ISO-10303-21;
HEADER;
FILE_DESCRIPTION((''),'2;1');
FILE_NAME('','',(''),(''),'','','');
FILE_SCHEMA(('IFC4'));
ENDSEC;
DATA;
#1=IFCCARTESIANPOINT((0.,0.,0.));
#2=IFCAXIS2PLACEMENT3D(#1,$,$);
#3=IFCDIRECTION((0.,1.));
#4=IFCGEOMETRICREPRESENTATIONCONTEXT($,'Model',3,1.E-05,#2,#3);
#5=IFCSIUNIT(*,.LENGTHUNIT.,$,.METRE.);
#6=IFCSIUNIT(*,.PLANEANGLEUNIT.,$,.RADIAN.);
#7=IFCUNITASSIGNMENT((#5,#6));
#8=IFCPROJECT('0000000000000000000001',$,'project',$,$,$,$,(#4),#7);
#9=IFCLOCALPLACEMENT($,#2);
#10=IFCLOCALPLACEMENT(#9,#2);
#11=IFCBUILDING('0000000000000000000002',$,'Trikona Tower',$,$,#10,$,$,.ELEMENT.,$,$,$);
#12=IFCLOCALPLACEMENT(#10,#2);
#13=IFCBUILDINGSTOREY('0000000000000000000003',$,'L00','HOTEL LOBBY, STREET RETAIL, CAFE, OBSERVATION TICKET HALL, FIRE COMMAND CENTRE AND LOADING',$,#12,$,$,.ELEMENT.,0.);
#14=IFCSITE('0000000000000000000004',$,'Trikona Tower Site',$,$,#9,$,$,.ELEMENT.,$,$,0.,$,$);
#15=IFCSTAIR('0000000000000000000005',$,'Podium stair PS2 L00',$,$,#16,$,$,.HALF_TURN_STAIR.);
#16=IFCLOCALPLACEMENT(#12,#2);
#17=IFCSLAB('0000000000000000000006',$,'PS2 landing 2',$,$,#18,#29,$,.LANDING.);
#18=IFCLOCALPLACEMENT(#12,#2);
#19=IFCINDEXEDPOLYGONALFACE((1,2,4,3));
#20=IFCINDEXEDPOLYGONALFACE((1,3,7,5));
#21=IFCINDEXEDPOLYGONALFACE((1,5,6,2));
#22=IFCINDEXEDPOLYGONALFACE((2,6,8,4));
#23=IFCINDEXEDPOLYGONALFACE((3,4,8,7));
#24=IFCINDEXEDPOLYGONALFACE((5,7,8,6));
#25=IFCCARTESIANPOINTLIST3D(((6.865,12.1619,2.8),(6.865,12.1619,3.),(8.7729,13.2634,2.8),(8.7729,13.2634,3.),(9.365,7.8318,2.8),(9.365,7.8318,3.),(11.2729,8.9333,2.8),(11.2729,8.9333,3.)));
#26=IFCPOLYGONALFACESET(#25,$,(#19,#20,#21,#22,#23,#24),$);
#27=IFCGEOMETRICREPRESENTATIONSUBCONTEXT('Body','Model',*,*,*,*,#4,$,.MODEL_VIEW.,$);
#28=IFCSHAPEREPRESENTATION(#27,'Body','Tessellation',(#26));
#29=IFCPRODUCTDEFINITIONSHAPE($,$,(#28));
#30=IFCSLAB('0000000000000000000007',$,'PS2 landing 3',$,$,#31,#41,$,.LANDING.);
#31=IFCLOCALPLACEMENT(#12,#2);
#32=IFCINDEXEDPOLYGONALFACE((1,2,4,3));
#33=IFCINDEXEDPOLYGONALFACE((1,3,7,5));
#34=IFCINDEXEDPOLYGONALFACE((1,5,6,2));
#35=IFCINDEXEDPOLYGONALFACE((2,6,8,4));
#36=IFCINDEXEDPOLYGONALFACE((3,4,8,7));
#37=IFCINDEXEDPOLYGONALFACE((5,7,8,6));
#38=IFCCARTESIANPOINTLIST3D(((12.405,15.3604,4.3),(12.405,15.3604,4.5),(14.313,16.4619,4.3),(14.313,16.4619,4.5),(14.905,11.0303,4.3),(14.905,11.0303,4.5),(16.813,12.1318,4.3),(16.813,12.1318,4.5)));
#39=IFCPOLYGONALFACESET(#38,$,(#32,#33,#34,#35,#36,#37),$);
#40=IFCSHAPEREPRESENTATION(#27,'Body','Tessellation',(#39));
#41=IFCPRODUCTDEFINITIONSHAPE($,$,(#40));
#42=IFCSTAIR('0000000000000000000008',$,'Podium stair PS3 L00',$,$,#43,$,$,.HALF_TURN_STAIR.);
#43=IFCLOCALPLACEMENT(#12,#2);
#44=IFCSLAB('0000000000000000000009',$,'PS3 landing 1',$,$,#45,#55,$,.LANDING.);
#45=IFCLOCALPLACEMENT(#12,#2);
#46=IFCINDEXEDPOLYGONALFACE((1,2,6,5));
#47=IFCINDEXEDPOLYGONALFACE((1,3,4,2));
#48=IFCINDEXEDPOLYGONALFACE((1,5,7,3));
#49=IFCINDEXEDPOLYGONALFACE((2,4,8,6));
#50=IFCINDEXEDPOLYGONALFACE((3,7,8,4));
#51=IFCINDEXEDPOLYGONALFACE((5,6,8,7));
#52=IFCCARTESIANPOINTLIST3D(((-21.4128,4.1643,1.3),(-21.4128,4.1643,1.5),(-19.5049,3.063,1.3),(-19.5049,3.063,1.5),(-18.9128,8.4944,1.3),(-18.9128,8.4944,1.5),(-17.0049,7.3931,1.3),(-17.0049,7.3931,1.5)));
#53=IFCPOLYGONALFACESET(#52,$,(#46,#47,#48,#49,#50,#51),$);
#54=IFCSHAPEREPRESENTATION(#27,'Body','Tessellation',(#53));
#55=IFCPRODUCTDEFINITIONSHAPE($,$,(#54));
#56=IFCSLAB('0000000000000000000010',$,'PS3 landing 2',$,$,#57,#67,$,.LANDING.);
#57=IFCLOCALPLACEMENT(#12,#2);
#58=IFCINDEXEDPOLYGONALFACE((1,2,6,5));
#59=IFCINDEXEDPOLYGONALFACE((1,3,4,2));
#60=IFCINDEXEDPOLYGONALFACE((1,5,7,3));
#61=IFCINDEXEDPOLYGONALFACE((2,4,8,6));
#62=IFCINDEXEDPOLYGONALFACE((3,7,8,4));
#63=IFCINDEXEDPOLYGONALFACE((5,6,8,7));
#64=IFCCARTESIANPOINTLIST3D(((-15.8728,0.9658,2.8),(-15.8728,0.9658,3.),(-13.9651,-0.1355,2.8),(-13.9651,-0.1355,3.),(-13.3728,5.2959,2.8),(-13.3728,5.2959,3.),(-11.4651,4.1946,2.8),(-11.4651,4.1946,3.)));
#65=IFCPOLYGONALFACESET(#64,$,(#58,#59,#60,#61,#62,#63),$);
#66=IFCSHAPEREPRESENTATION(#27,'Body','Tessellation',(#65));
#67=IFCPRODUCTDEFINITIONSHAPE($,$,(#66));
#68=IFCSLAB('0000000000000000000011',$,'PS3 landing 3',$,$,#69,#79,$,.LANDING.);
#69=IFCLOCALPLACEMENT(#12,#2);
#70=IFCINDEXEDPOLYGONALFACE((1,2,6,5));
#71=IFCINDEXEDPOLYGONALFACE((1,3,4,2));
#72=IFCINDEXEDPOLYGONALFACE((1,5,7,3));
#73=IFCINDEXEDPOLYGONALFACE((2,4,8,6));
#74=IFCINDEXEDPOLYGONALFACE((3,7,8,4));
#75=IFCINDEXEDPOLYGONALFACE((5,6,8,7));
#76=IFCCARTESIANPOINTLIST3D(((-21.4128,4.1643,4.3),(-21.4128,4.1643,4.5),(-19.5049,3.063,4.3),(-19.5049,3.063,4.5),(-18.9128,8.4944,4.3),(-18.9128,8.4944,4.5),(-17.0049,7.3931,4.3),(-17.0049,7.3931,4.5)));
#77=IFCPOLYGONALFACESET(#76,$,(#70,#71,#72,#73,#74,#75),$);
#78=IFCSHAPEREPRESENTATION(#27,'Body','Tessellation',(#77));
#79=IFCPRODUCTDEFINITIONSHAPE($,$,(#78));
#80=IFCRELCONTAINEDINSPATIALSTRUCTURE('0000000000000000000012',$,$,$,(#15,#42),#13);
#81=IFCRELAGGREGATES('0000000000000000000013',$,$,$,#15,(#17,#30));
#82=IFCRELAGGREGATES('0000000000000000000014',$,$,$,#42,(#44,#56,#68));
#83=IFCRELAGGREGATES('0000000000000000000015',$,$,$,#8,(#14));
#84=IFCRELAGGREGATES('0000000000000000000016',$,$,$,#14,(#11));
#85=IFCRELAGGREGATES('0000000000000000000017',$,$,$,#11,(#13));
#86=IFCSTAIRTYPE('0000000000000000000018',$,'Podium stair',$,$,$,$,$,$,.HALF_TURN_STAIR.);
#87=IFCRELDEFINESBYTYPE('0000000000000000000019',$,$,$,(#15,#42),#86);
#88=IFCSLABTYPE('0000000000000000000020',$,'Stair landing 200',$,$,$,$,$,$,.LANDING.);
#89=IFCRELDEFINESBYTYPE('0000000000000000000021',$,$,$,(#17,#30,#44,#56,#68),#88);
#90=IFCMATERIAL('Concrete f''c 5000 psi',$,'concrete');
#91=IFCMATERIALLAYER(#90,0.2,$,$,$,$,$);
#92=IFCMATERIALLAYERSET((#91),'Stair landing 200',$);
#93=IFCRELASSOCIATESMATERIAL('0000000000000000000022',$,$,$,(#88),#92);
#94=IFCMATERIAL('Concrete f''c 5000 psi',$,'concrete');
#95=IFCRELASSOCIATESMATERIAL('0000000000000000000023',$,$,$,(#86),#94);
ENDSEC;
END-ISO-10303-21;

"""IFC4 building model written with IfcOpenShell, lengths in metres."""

from ifc_helpers import new_model, si_unit, direction, frame, origin, place, context, subcontext, project, spatial, polyline, outline, extrude, material, layer, layer_set, type_object, element, aggregate, save


model = new_model("IFC4")

# Units and contexts
model_context = context("Model", 3, precision=1e-05, world=origin(), true_north=direction((0.0, 1.0)))
body_context = subcontext(model_context, "Body", "Model", "MODEL_VIEW")
ifc_project = project(units=[si_unit("LENGTHUNIT", "METRE"), si_unit("PLANEANGLEUNIT", "RADIAN")], contexts=[model_context])

# Site, building, storey
site_placement = place(None, origin())
site = spatial("IfcSite", under=ifc_project, at=site_placement, Name="Trikona Tower Site", CompositionType="ELEMENT", RefElevation=0.0)
building_placement = place(site_placement, origin())
building = spatial("IfcBuilding", under=site, at=building_placement, Name="Trikona Tower", CompositionType="ELEMENT")
storey_placement = place(building_placement, origin())
storey = spatial("IfcBuildingStorey", under=building, at=storey_placement, Name="L00", Description="HOTEL LOBBY, STREET RETAIL, CAFE, OBSERVATION TICKET HALL, FIRE COMMAND CENTRE AND LOADING", CompositionType="ELEMENT", Elevation=0.0)

# Stairs, slabs
ifc_material_1 = material(Name="Concrete f'c 5000 psi", Category="concrete")
ifc_layer_1 = layer(ifc_material_1, 0.2)
ifc_layer_set_1 = layer_set([ifc_layer_1], Name="Stair landing 200")
slab_type_1 = type_object("IfcSlabType", Name="Stair landing 200", PredefinedType="LANDING", material=ifc_layer_set_1)
ifc_material_2 = material(Name="Concrete f'c 5000 psi", Category="concrete")
stair_type_1 = type_object("IfcStairType", Name="Podium stair", PredefinedType="HALF_TURN_STAIR", material=ifc_material_2)
stair_1_placement = place(storey_placement, origin())
stair_1 = element("IfcStair", 1, at=stair_1_placement, inside=storey, type_object=stair_type_1, Name="Podium stair PS2 L00", PredefinedType="HALF_TURN_STAIR")
slab_1_placement = place(storey_placement, frame((0.0, 0.0, 2.8)))
slab_1 = element("IfcSlab", 2, at=slab_1_placement, type_object=slab_type_1, Name="PS2 landing 2", PredefinedType="LANDING", context=body_context, shape_type="SweptSolid", body=[
    extrude(outline(polyline([(9.365, 7.8318), (6.865, 12.1619), (8.7729, 13.2634), (11.2729, 8.9333), (9.365, 7.8318)])), origin(), (0.0, 0.0, 1.0), 0.2),
])
slab_2_placement = place(storey_placement, frame((0.0, 0.0, 4.3)))
slab_2 = element("IfcSlab", 3, at=slab_2_placement, type_object=slab_type_1, Name="PS2 landing 3", PredefinedType="LANDING", context=body_context, shape_type="SweptSolid", body=[
    extrude(outline(polyline([(14.905, 11.0303), (12.405, 15.3604), (14.313, 16.4619), (16.813, 12.1318), (14.905, 11.0303)])), origin(), (0.0, 0.0, 1.0), 0.2),
])
aggregate(stair_1, [slab_1, slab_2])
stair_2_placement = place(storey_placement, origin())
stair_2 = element("IfcStair", 4, at=stair_2_placement, inside=storey, type_object=stair_type_1, Name="Podium stair PS3 L00", PredefinedType="HALF_TURN_STAIR")
slab_3_placement = place(storey_placement, frame((0.0, 0.0, 1.3)))
slab_3 = element("IfcSlab", 5, at=slab_3_placement, type_object=slab_type_1, Name="PS3 landing 1", PredefinedType="LANDING", context=body_context, shape_type="SweptSolid", body=[
    extrude(outline(polyline([(-17.0049, 7.3931), (-19.5049, 3.063), (-21.4128, 4.1643), (-18.9128, 8.4944), (-17.0049, 7.3931)])), origin(), (0.0, 0.0, 1.0), 0.2),
])
slab_4_placement = place(storey_placement, frame((0.0, 0.0, 2.8)))
slab_4 = element("IfcSlab", 6, at=slab_4_placement, type_object=slab_type_1, Name="PS3 landing 2", PredefinedType="LANDING", context=body_context, shape_type="SweptSolid", body=[
    extrude(outline(polyline([(-11.4651, 4.1946), (-13.9651, -0.1355), (-15.8728, 0.9658), (-13.3728, 5.2959), (-11.4651, 4.1946)])), origin(), (0.0, 0.0, 1.0), 0.2),
])
slab_5_placement = place(storey_placement, frame((0.0, 0.0, 4.3)))
slab_5 = element("IfcSlab", 7, at=slab_5_placement, type_object=slab_type_1, Name="PS3 landing 3", PredefinedType="LANDING", context=body_context, shape_type="SweptSolid", body=[
    extrude(outline(polyline([(-17.0049, 7.3931), (-19.5049, 3.063), (-21.4128, 4.1643), (-18.9128, 8.4944), (-17.0049, 7.3931)])), origin(), (0.0, 0.0, 1.0), 0.2),
])
aggregate(stair_2, [slab_3, slab_4, slab_5])

save(model, "model.ifc")
